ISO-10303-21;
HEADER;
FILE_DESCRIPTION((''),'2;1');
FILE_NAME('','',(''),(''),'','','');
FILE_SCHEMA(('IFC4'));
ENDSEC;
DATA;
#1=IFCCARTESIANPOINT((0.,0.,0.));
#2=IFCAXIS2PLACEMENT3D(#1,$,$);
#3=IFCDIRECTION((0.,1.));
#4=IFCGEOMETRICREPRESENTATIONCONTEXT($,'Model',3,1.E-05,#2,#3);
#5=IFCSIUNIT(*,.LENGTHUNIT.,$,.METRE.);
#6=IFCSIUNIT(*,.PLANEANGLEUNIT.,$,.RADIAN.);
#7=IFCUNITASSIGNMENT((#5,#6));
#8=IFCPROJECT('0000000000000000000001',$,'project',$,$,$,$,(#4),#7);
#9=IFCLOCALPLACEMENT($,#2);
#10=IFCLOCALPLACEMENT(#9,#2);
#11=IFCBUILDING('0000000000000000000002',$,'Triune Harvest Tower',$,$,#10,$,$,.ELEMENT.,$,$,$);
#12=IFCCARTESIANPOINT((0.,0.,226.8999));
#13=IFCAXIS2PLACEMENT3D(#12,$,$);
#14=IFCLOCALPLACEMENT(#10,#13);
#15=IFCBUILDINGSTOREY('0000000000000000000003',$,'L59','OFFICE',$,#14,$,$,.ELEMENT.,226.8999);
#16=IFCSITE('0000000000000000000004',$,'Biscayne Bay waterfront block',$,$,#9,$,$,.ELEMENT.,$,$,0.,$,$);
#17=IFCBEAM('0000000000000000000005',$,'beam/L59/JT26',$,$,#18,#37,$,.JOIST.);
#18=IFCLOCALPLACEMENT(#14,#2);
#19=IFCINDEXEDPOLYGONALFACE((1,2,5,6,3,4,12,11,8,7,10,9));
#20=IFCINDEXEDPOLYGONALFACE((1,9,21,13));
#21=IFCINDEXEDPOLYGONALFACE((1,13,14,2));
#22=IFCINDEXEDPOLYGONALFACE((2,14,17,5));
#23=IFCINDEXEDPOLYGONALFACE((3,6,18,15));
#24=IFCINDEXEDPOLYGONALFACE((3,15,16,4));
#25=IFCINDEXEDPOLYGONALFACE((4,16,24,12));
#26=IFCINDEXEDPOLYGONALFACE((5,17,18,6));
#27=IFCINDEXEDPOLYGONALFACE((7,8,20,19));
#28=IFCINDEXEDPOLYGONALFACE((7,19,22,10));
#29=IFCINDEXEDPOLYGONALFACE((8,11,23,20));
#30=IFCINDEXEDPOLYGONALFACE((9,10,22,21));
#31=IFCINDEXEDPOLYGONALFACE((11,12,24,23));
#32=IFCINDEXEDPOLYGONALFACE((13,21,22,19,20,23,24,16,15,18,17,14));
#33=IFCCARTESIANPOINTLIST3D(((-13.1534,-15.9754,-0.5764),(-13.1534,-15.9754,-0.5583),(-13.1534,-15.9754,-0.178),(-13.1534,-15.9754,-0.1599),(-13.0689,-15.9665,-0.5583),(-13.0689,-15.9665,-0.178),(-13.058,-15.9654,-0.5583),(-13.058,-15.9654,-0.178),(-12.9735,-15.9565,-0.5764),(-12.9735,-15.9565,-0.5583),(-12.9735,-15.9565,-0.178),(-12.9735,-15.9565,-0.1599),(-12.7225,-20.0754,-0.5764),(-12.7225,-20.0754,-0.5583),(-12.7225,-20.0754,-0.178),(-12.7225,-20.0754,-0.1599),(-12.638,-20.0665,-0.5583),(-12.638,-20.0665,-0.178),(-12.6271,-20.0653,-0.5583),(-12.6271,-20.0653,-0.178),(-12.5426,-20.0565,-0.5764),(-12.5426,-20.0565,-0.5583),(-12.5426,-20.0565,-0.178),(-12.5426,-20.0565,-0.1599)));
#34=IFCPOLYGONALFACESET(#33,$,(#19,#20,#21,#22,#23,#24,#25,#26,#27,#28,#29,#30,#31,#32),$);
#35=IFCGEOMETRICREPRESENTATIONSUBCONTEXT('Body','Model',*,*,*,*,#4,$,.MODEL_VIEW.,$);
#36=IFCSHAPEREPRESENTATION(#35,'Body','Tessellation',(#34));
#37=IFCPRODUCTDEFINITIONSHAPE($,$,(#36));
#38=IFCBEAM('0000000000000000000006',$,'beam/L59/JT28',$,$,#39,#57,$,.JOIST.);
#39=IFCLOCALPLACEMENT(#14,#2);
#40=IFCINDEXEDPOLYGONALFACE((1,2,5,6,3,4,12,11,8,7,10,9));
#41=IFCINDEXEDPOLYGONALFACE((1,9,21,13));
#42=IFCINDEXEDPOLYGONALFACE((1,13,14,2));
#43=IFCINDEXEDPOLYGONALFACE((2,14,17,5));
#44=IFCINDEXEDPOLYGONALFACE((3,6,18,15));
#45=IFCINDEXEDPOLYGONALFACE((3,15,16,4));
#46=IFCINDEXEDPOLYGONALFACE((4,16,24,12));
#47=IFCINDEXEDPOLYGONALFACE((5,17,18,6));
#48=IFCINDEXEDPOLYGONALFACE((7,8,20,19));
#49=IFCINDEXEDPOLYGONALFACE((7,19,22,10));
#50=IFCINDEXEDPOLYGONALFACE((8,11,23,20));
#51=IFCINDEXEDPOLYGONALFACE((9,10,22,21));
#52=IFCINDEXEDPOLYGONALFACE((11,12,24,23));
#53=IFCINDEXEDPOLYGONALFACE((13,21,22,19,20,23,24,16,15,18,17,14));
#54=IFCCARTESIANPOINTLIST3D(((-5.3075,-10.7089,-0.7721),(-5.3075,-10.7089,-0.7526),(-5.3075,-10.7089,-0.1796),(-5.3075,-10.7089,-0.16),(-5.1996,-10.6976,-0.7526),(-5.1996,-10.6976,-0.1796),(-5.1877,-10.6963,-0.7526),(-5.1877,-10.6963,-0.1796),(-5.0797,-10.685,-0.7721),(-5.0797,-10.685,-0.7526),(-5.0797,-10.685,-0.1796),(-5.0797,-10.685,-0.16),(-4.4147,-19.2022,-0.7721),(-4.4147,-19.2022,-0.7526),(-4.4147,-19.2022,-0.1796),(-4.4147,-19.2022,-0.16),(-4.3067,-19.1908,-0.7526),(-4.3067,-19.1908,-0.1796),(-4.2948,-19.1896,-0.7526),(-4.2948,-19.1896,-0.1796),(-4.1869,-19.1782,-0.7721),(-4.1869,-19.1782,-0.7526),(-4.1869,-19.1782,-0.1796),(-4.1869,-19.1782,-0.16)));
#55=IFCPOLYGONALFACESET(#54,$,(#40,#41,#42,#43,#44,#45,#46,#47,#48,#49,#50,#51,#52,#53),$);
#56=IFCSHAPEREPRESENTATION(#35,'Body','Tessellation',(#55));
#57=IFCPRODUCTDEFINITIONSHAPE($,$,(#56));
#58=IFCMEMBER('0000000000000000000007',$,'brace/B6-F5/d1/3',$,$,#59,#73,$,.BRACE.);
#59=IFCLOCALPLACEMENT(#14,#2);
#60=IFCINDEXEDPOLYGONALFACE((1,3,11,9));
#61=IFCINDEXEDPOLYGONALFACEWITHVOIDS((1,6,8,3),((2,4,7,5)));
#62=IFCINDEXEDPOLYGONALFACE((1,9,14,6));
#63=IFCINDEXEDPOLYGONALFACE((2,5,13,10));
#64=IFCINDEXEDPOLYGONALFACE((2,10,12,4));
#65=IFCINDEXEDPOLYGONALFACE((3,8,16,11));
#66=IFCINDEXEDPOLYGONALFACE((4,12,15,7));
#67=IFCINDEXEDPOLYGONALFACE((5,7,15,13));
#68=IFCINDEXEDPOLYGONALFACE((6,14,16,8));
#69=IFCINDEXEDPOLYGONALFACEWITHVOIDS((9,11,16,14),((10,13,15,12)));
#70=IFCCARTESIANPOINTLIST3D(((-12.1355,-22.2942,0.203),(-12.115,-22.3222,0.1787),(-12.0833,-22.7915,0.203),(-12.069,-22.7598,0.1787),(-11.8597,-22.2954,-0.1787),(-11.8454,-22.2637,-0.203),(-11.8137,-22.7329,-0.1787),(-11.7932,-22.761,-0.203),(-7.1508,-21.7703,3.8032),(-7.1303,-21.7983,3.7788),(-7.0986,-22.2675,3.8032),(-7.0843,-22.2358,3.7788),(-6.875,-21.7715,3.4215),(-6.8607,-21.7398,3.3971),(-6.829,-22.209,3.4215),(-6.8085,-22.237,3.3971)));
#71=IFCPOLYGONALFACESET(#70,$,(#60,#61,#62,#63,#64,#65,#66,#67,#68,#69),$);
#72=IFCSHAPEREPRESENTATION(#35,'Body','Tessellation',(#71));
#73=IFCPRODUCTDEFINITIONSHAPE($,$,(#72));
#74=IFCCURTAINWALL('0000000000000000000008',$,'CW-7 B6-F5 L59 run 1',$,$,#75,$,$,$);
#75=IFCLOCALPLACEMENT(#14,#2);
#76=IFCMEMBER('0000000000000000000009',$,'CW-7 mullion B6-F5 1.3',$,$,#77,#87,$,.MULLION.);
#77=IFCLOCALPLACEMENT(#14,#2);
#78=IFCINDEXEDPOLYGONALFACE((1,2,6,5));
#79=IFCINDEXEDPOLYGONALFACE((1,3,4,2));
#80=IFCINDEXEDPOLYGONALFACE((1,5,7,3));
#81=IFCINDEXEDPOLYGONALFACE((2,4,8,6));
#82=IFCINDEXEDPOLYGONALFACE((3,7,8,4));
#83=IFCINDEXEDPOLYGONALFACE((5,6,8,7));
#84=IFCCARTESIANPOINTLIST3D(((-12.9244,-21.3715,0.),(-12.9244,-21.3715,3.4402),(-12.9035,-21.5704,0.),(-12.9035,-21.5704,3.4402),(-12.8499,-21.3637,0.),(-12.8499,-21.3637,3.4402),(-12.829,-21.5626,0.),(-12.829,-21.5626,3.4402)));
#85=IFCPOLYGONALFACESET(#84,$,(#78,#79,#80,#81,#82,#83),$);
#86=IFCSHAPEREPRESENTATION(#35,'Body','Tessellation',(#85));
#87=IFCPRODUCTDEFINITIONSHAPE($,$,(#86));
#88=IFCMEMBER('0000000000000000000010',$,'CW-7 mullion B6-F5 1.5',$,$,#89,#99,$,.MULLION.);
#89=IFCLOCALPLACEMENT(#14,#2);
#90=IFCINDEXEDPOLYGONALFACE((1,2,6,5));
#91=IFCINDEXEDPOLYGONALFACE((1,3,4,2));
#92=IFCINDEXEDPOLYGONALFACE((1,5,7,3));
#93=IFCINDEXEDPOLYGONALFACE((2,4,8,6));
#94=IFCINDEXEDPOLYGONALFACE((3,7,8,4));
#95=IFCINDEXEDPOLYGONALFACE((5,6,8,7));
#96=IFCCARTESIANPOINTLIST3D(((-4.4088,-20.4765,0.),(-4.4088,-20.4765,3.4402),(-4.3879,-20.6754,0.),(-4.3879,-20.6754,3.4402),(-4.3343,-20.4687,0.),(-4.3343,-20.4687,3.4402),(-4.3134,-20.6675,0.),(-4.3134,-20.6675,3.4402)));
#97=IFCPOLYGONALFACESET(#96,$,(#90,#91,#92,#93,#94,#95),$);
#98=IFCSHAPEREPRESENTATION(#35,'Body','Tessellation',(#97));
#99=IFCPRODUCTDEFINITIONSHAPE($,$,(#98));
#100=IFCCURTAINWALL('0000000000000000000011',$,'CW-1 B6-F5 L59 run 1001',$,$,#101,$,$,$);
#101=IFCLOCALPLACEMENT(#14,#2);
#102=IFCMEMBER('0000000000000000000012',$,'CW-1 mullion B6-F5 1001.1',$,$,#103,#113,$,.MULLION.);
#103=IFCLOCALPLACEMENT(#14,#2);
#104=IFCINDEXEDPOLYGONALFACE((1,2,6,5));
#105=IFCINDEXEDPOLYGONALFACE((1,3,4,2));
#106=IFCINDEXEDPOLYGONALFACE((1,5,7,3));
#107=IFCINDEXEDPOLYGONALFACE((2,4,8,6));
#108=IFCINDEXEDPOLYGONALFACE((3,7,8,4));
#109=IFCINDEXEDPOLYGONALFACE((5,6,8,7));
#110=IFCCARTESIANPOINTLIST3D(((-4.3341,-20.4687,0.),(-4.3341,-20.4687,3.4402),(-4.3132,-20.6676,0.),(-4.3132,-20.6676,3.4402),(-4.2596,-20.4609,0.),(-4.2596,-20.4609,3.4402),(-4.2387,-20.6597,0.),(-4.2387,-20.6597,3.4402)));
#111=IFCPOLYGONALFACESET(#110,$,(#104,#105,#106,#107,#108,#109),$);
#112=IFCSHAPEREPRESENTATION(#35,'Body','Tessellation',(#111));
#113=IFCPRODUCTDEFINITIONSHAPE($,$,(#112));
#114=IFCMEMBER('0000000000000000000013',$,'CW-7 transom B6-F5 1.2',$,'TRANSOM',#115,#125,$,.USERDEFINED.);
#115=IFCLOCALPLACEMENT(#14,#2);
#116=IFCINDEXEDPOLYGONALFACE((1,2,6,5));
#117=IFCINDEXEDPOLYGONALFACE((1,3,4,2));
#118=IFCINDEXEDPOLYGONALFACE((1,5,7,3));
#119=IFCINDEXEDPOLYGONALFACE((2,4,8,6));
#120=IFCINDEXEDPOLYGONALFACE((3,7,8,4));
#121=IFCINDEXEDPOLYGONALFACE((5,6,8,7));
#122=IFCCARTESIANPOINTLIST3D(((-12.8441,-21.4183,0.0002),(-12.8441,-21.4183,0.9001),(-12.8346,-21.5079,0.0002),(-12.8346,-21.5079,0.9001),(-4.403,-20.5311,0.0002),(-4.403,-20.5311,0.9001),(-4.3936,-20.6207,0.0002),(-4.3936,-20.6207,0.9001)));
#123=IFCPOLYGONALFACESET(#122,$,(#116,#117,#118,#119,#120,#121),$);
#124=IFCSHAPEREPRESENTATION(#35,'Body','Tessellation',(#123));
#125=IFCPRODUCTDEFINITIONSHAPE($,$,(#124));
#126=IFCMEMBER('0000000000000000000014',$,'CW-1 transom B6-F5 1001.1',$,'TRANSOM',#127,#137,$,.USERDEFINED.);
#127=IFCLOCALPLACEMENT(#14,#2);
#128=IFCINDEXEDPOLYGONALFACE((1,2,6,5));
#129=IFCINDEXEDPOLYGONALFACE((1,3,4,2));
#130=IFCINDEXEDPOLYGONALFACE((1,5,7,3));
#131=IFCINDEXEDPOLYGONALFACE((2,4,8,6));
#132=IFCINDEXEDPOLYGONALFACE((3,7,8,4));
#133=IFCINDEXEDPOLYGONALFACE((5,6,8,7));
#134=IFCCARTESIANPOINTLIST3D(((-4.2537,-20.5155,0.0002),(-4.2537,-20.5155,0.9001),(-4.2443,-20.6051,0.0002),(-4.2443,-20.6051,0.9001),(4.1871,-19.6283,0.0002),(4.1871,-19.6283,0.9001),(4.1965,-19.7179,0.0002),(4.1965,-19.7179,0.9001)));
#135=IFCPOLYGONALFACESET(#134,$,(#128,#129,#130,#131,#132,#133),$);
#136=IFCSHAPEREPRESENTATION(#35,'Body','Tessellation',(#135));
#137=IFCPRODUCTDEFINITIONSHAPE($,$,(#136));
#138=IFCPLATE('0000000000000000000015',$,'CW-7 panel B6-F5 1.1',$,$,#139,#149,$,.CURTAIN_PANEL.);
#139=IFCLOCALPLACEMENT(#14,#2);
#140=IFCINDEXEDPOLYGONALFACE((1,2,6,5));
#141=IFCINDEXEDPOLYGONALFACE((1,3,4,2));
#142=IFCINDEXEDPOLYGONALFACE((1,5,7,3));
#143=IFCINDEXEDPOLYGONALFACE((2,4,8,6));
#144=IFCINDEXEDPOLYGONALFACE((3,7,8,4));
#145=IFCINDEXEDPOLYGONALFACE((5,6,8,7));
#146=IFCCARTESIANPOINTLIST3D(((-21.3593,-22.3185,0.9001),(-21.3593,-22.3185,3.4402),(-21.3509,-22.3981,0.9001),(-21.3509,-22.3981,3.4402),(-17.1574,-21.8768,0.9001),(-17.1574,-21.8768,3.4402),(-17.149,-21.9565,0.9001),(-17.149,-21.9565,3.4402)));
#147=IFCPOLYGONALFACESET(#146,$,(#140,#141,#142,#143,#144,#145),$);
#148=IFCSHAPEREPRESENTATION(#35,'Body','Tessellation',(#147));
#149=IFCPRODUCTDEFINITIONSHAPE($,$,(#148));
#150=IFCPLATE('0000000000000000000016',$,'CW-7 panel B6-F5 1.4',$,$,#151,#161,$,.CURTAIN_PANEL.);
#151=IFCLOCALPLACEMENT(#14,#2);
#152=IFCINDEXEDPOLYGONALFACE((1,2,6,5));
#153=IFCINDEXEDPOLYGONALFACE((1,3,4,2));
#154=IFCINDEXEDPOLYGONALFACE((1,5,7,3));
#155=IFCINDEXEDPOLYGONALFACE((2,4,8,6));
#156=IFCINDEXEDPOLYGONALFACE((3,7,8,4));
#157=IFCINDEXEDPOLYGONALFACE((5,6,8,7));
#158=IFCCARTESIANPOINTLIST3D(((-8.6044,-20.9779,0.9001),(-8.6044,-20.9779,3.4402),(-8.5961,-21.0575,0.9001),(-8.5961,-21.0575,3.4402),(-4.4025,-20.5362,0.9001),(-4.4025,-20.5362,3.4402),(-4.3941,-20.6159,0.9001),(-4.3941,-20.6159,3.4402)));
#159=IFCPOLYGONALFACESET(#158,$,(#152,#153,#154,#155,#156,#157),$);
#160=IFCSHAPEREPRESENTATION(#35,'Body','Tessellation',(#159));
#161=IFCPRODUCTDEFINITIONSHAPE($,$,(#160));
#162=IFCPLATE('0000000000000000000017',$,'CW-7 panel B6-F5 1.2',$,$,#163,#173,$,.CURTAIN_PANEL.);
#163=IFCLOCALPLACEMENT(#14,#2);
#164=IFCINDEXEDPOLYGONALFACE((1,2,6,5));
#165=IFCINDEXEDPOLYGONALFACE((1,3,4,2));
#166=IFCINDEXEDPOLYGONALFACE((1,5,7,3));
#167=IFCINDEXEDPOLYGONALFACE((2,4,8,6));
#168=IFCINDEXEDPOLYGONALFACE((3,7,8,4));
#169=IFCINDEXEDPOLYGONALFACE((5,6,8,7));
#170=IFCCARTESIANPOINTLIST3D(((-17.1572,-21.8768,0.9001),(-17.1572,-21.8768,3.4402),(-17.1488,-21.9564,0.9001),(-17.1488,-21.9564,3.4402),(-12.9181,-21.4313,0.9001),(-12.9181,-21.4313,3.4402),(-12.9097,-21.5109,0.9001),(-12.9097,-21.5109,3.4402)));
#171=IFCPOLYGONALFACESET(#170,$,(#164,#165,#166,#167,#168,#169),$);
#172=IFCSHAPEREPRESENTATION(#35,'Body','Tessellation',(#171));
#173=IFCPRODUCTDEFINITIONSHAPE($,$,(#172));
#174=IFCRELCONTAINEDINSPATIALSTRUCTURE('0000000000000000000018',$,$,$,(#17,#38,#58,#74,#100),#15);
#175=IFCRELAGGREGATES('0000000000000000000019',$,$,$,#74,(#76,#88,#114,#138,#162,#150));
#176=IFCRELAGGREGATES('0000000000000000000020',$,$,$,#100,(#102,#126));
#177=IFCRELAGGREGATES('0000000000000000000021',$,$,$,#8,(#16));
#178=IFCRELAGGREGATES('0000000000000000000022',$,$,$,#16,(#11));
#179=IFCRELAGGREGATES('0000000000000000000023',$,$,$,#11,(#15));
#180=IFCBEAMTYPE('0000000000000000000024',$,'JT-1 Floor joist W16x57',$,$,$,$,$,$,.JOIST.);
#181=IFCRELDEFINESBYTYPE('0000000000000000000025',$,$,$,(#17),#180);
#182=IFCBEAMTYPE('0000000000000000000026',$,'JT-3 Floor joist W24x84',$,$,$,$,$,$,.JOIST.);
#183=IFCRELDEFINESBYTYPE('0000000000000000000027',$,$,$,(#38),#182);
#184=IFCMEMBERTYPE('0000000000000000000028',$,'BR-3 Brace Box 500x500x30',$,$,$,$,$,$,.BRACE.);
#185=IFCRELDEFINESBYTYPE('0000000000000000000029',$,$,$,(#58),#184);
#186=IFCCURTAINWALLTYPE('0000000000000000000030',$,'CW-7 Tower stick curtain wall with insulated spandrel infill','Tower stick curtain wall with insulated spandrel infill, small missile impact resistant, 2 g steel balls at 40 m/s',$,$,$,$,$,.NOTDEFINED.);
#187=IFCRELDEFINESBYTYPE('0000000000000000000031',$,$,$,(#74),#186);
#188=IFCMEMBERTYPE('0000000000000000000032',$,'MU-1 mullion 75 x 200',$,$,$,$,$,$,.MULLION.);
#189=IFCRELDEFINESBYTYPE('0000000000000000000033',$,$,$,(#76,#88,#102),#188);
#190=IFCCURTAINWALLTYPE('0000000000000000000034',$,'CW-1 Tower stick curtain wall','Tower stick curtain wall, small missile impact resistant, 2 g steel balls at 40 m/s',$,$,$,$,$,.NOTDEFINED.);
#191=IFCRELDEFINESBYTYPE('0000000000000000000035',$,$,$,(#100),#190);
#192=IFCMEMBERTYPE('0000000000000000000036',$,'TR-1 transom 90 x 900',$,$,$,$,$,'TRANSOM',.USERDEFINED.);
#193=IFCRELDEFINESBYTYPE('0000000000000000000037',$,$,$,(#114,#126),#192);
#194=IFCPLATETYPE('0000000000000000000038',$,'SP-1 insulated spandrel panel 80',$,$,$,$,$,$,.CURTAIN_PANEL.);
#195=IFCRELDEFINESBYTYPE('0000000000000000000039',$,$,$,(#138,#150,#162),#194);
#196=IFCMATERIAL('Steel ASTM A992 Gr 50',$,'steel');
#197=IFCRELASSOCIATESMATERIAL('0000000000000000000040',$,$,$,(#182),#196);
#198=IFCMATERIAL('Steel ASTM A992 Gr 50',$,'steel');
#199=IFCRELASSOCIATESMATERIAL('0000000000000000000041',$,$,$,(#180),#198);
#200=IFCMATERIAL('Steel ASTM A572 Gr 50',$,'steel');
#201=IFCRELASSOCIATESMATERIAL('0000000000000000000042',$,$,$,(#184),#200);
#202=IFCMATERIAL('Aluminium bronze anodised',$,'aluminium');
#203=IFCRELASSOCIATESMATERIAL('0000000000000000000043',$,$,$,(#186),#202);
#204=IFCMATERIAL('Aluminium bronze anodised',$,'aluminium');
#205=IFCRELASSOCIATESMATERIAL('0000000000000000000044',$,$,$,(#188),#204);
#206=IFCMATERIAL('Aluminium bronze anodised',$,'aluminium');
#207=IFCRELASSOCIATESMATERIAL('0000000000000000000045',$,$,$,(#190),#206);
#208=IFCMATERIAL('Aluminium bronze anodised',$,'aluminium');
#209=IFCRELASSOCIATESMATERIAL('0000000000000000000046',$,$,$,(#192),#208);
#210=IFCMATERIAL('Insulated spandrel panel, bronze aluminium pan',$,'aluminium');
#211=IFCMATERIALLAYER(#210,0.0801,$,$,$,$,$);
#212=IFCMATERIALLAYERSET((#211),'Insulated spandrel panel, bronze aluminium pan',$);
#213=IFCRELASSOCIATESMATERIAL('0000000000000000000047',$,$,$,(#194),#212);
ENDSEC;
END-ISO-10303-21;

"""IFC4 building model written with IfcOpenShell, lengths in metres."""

from ifc_helpers import new_model, si_unit, direction, frame, origin, origin_2d, place, context, subcontext, project, spatial, rectangle, hollow_rectangle, i_section, extrude, source, transform, mapped, material, layer, layer_set, material_profile, profile_set, type_object, element, aggregate, save


model = new_model("IFC4")

# Units and contexts
model_context = context("Model", 3, precision=1e-05, world=origin(), true_north=direction((0.0, 1.0)))
body_context = subcontext(model_context, "Body", "Model", "MODEL_VIEW")
ifc_project = project(units=[si_unit("LENGTHUNIT", "METRE"), si_unit("PLANEANGLEUNIT", "RADIAN")], contexts=[model_context])

# Site, building, storey
site_placement = place(None, origin())
site = spatial("IfcSite", under=ifc_project, at=site_placement, Name="Biscayne Bay waterfront block", CompositionType="ELEMENT", RefElevation=0.0)
building_placement = place(site_placement, origin())
building = spatial("IfcBuilding", under=site, at=building_placement, Name="Triune Harvest Tower", CompositionType="ELEMENT")
storey_placement = place(building_placement, frame((0.0, 0.0, 226.8999)))
storey = spatial("IfcBuildingStorey", under=building, at=storey_placement, Name="L59", Description="OFFICE", CompositionType="ELEMENT", Elevation=226.8999)

# Beams
ifc_material_1 = material(Name="Steel ASTM A992 Gr 50", Category="steel")
ifc_material_profile_1 = material_profile(ifc_material_1, i_section(OverallWidth=0.229, OverallDepth=0.6121, WebThickness=0.012, FlangeThickness=0.0195, at=origin_2d()), Name="W24x84")
ifc_profile_set_1 = profile_set([ifc_material_profile_1], Name="Steel ASTM A992 Gr 50")
beam_type_1 = type_object("IfcBeamType", Name="JT-3 Floor joist W24x84", PredefinedType="JOIST", material=ifc_profile_set_1)
ifc_material_2 = material(Name="Steel ASTM A992 Gr 50", Category="steel")
ifc_material_profile_2 = material_profile(ifc_material_2, i_section(OverallWidth=0.1809, OverallDepth=0.4165, WebThickness=0.011, FlangeThickness=0.0181, at=origin_2d()), Name="W16x57")
ifc_profile_set_2 = profile_set([ifc_material_profile_2], Name="Steel ASTM A992 Gr 50")
beam_type_2 = type_object("IfcBeamType", Name="JT-1 Floor joist W16x57", PredefinedType="JOIST", material=ifc_profile_set_2)
shared_shape_1 = source(origin(), body_context, "Body", "SweptSolid", [
    extrude(i_section(OverallWidth=0.1809, OverallDepth=0.4165, WebThickness=0.011, FlangeThickness=0.0181, at=origin_2d()), origin(), (0.0, 0.0, 1.0), 4.1226),
])
beam_1_placement = place(storey_placement, frame((-12.6326, -20.0659, -0.3682), z_axis=(-0.104521, 0.994523, 0.0), x_axis=(-0.994523, -0.104521, 0.0)))
element("IfcBeam", 1, at=beam_1_placement, inside=storey, type_object=beam_type_2, Name="beam/L59/JT26", PredefinedType="JOIST", context=body_context, shape_type="MappedRepresentation", body=[
    mapped(shared_shape_1, transform((0.0, 0.0, 0.0), scale=1.0)),
])
shared_shape_2 = source(origin(), body_context, "Body", "SweptSolid", [
    extrude(i_section(OverallWidth=0.229, OverallDepth=0.6121, WebThickness=0.012, FlangeThickness=0.0195, at=origin_2d()), origin(), (0.0, 0.0, 1.0), 8.54),
])
beam_2_placement = place(storey_placement, frame((-4.3008, -19.1902, -0.4661), z_axis=(-0.104546, 0.99452, 0.0), x_axis=(-0.99452, -0.104546, 0.0)))
element("IfcBeam", 2, at=beam_2_placement, inside=storey, type_object=beam_type_1, Name="beam/L59/JT28", PredefinedType="JOIST", context=body_context, shape_type="MappedRepresentation", body=[
    mapped(shared_shape_2, transform((0.0, 0.0, 0.0), scale=1.0)),
])

# Member
ifc_material_3 = material(Name="Steel ASTM A572 Gr 50", Category="steel")
ifc_material_profile_3 = material_profile(ifc_material_3, hollow_rectangle(XDim=0.5, YDim=0.5, WallThickness=0.03, at=origin_2d()), Name="Box 500x500x30")
ifc_profile_set_3 = profile_set([ifc_material_profile_3], Name="Steel ASTM A572 Gr 50")
member_type_1 = type_object("IfcMemberType", Name="BR-3 Brace Box 500x500x30", PredefinedType="BRACE", material=ifc_profile_set_3)
shared_shape_3 = source(origin(), body_context, "Body", "SweptSolid", [
    extrude(hollow_rectangle(XDim=0.5, YDim=0.5, WallThickness=0.03, at=origin_2d()), origin(), (0.0, 0.0, 1.0), 6.1711),
])
member_1_placement = place(storey_placement, frame((-11.9644, -22.5276, 0.0), z_axis=(0.807745, 0.084901, 0.583387), x_axis=(-0.104533, 0.994521, 0.0)))
element("IfcMember", 3, at=member_1_placement, inside=storey, type_object=member_type_1, Name="brace/B6-F5/d1/3", PredefinedType="BRACE", context=body_context, shape_type="MappedRepresentation", body=[
    mapped(shared_shape_3, transform((0.0, 0.0, 0.0), scale=1.0)),
])

# Curtain wall, members
ifc_material_4 = material(Name="Aluminium bronze anodised", Category="aluminium")
curtain_wall_type_1 = type_object("IfcCurtainWallType", Name="CW-7 Tower stick curtain wall with insulated spandrel infill", Description="Tower stick curtain wall with insulated spandrel infill, small missile impact resistant, 2 g steel balls at 40 m/s", PredefinedType="NOTDEFINED", material=ifc_material_4)
curtain_wall_1_placement = place(storey_placement, origin())
curtain_wall_1 = element("IfcCurtainWall", 4, at=curtain_wall_1_placement, inside=storey, type_object=curtain_wall_type_1, Name="CW-7 B6-F5 L59 run 1")
ifc_material_5 = material(Name="Aluminium bronze anodised", Category="aluminium")
ifc_material_profile_4 = material_profile(ifc_material_5, rectangle(XDim=0.2, YDim=0.075, at=origin_2d()), Name="MU-1 mullion 75 x 200")
ifc_profile_set_4 = profile_set([ifc_material_profile_4], Name="Aluminium bronze anodised")
member_type_2 = type_object("IfcMemberType", Name="MU-1 mullion 75 x 200", PredefinedType="MULLION", material=ifc_profile_set_4)
shared_shape_4 = source(origin(), body_context, "Body", "SweptSolid", [
    extrude(rectangle(XDim=0.2, YDim=0.075, at=origin_2d()), origin(), (0.0, 0.0, 1.0), 3.4402),
])
member_2_placement = place(storey_placement, frame((-12.8767, -21.467, 0.0), z_axis=(0.0, 0.0, 1.0), x_axis=(-0.104528, 0.994522, 0.0)))
member_2 = element("IfcMember", 5, at=member_2_placement, type_object=member_type_2, Name="CW-7 mullion B6-F5 1.3", PredefinedType="MULLION", context=body_context, shape_type="MappedRepresentation", body=[
    mapped(shared_shape_4, transform((0.0, 0.0, 0.0), scale=1.0)),
])
member_3_placement = place(storey_placement, frame((-4.3611, -20.572, 0.0), z_axis=(0.0, 0.0, 1.0), x_axis=(-0.104528, 0.994522, 0.0)))
member_3 = element("IfcMember", 6, at=member_3_placement, type_object=member_type_2, Name="CW-7 mullion B6-F5 1.5", PredefinedType="MULLION", context=body_context, shape_type="MappedRepresentation", body=[
    mapped(shared_shape_4, transform((0.0, 0.0, 0.0), scale=1.0)),
])

# Curtain wall, member
ifc_material_6 = material(Name="Aluminium bronze anodised", Category="aluminium")
curtain_wall_type_2 = type_object("IfcCurtainWallType", Name="CW-1 Tower stick curtain wall", Description="Tower stick curtain wall, small missile impact resistant, 2 g steel balls at 40 m/s", PredefinedType="NOTDEFINED", material=ifc_material_6)
curtain_wall_2_placement = place(storey_placement, origin())
curtain_wall_2 = element("IfcCurtainWall", 7, at=curtain_wall_2_placement, inside=storey, type_object=curtain_wall_type_2, Name="CW-1 B6-F5 L59 run 1001")
member_4_placement = place(storey_placement, frame((-4.2864, -20.5642, 0.0), z_axis=(0.0, 0.0, 1.0), x_axis=(-0.104535, 0.994521, 0.0)))
member_4 = element("IfcMember", 8, at=member_4_placement, type_object=member_type_2, Name="CW-1 mullion B6-F5 1001.1", PredefinedType="MULLION", context=body_context, shape_type="MappedRepresentation", body=[
    mapped(shared_shape_4, transform((0.0, 0.0, 0.0), scale=1.0)),
])

# Members
ifc_material_7 = material(Name="Aluminium bronze anodised", Category="aluminium")
ifc_material_profile_5 = material_profile(ifc_material_7, rectangle(XDim=0.0901, YDim=0.8999, at=origin_2d()), Name="TR-1 transom 90 x 900")
ifc_profile_set_5 = profile_set([ifc_material_profile_5], Name="Aluminium bronze anodised")
member_type_3 = type_object("IfcMemberType", Name="TR-1 transom 90 x 900", ElementType="TRANSOM", PredefinedType="USERDEFINED", material=ifc_profile_set_5)
shared_shape_5 = source(origin(), body_context, "Body", "SweptSolid", [
    extrude(rectangle(XDim=0.0901, YDim=0.8999, at=origin_2d()), origin(), (0.0, 0.0, 1.0), 8.4875),
])
member_5_placement = place(storey_placement, frame((-12.8394, -21.4631, 0.4502), z_axis=(0.994522, 0.104529, 0.0), x_axis=(-0.104529, 0.994522, 0.0)))
member_5 = element("IfcMember", 9, at=member_5_placement, type_object=member_type_3, Name="CW-7 transom B6-F5 1.2", ObjectType="TRANSOM", PredefinedType="USERDEFINED", context=body_context, shape_type="MappedRepresentation", body=[
    mapped(shared_shape_5, transform((0.0, 0.0, 0.0), scale=1.0)),
])
shared_shape_6 = source(origin(), body_context, "Body", "SweptSolid", [
    extrude(rectangle(XDim=0.0901, YDim=0.8999, at=origin_2d()), origin(), (0.0, 0.0, 1.0), 8.4873),
])
member_6_placement = place(storey_placement, frame((-4.249, -20.5603, 0.4502), z_axis=(0.994522, 0.104532, 0.0), x_axis=(-0.104532, 0.994522, 0.0)))
member_6 = element("IfcMember", 10, at=member_6_placement, type_object=member_type_3, Name="CW-1 transom B6-F5 1001.1", ObjectType="TRANSOM", PredefinedType="USERDEFINED", context=body_context, shape_type="MappedRepresentation", body=[
    mapped(shared_shape_6, transform((0.0, 0.0, 0.0), scale=1.0)),
])

# Plates
ifc_material_8 = material(Name="Insulated spandrel panel, bronze aluminium pan", Category="aluminium")
ifc_layer_1 = layer(ifc_material_8, 0.0801)
ifc_layer_set_1 = layer_set([ifc_layer_1], Name="Insulated spandrel panel, bronze aluminium pan")
plate_type_1 = type_object("IfcPlateType", Name="SP-1 insulated spandrel panel 80", PredefinedType="CURTAIN_PANEL", material=ifc_layer_set_1)
shared_shape_7 = source(origin(), body_context, "Body", "SweptSolid", [
    extrude(rectangle(XDim=4.2251, YDim=0.0801, at=origin_2d()), origin(), (0.0, 0.0, 1.0), 2.54),
])
plate_1_placement = place(storey_placement, frame((-19.2542, -22.1375, 0.9001), z_axis=(0.0, 0.0, 1.0), x_axis=(0.994522, 0.104528, 0.0)))
plate_1 = element("IfcPlate", 11, at=plate_1_placement, type_object=plate_type_1, Name="CW-7 panel B6-F5 1.1", PredefinedType="CURTAIN_PANEL", context=body_context, shape_type="MappedRepresentation", body=[
    mapped(shared_shape_7, transform((0.0, 0.0, 0.0), scale=1.0)),
])
plate_2_placement = place(storey_placement, frame((-6.4993, -20.7969, 0.9001), z_axis=(0.0, 0.0, 1.0), x_axis=(0.994522, 0.104528, 0.0)))
plate_2 = element("IfcPlate", 12, at=plate_2_placement, type_object=plate_type_1, Name="CW-7 panel B6-F5 1.4", PredefinedType="CURTAIN_PANEL", context=body_context, shape_type="MappedRepresentation", body=[
    mapped(shared_shape_7, transform((0.0, 0.0, 0.0), scale=1.0)),
])
shared_shape_8 = source(origin(), body_context, "Body", "SweptSolid", [
    extrude(rectangle(XDim=4.2625, YDim=0.0801, at=origin_2d()), origin(), (0.0, 0.0, 1.0), 2.54),
])
plate_3_placement = place(storey_placement, frame((-15.0334, -21.6938, 0.9001), z_axis=(0.0, 0.0, 1.0), x_axis=(0.994522, 0.104528, 0.0)))
plate_3 = element("IfcPlate", 13, at=plate_3_placement, type_object=plate_type_1, Name="CW-7 panel B6-F5 1.2", PredefinedType="CURTAIN_PANEL", context=body_context, shape_type="MappedRepresentation", body=[
    mapped(shared_shape_8, transform((0.0, 0.0, 0.0), scale=1.0)),
])
aggregate(curtain_wall_1, [member_2, member_3, member_5, plate_1, plate_3, plate_2])
aggregate(curtain_wall_2, [member_4, member_6])

save(model, "model.ifc")
